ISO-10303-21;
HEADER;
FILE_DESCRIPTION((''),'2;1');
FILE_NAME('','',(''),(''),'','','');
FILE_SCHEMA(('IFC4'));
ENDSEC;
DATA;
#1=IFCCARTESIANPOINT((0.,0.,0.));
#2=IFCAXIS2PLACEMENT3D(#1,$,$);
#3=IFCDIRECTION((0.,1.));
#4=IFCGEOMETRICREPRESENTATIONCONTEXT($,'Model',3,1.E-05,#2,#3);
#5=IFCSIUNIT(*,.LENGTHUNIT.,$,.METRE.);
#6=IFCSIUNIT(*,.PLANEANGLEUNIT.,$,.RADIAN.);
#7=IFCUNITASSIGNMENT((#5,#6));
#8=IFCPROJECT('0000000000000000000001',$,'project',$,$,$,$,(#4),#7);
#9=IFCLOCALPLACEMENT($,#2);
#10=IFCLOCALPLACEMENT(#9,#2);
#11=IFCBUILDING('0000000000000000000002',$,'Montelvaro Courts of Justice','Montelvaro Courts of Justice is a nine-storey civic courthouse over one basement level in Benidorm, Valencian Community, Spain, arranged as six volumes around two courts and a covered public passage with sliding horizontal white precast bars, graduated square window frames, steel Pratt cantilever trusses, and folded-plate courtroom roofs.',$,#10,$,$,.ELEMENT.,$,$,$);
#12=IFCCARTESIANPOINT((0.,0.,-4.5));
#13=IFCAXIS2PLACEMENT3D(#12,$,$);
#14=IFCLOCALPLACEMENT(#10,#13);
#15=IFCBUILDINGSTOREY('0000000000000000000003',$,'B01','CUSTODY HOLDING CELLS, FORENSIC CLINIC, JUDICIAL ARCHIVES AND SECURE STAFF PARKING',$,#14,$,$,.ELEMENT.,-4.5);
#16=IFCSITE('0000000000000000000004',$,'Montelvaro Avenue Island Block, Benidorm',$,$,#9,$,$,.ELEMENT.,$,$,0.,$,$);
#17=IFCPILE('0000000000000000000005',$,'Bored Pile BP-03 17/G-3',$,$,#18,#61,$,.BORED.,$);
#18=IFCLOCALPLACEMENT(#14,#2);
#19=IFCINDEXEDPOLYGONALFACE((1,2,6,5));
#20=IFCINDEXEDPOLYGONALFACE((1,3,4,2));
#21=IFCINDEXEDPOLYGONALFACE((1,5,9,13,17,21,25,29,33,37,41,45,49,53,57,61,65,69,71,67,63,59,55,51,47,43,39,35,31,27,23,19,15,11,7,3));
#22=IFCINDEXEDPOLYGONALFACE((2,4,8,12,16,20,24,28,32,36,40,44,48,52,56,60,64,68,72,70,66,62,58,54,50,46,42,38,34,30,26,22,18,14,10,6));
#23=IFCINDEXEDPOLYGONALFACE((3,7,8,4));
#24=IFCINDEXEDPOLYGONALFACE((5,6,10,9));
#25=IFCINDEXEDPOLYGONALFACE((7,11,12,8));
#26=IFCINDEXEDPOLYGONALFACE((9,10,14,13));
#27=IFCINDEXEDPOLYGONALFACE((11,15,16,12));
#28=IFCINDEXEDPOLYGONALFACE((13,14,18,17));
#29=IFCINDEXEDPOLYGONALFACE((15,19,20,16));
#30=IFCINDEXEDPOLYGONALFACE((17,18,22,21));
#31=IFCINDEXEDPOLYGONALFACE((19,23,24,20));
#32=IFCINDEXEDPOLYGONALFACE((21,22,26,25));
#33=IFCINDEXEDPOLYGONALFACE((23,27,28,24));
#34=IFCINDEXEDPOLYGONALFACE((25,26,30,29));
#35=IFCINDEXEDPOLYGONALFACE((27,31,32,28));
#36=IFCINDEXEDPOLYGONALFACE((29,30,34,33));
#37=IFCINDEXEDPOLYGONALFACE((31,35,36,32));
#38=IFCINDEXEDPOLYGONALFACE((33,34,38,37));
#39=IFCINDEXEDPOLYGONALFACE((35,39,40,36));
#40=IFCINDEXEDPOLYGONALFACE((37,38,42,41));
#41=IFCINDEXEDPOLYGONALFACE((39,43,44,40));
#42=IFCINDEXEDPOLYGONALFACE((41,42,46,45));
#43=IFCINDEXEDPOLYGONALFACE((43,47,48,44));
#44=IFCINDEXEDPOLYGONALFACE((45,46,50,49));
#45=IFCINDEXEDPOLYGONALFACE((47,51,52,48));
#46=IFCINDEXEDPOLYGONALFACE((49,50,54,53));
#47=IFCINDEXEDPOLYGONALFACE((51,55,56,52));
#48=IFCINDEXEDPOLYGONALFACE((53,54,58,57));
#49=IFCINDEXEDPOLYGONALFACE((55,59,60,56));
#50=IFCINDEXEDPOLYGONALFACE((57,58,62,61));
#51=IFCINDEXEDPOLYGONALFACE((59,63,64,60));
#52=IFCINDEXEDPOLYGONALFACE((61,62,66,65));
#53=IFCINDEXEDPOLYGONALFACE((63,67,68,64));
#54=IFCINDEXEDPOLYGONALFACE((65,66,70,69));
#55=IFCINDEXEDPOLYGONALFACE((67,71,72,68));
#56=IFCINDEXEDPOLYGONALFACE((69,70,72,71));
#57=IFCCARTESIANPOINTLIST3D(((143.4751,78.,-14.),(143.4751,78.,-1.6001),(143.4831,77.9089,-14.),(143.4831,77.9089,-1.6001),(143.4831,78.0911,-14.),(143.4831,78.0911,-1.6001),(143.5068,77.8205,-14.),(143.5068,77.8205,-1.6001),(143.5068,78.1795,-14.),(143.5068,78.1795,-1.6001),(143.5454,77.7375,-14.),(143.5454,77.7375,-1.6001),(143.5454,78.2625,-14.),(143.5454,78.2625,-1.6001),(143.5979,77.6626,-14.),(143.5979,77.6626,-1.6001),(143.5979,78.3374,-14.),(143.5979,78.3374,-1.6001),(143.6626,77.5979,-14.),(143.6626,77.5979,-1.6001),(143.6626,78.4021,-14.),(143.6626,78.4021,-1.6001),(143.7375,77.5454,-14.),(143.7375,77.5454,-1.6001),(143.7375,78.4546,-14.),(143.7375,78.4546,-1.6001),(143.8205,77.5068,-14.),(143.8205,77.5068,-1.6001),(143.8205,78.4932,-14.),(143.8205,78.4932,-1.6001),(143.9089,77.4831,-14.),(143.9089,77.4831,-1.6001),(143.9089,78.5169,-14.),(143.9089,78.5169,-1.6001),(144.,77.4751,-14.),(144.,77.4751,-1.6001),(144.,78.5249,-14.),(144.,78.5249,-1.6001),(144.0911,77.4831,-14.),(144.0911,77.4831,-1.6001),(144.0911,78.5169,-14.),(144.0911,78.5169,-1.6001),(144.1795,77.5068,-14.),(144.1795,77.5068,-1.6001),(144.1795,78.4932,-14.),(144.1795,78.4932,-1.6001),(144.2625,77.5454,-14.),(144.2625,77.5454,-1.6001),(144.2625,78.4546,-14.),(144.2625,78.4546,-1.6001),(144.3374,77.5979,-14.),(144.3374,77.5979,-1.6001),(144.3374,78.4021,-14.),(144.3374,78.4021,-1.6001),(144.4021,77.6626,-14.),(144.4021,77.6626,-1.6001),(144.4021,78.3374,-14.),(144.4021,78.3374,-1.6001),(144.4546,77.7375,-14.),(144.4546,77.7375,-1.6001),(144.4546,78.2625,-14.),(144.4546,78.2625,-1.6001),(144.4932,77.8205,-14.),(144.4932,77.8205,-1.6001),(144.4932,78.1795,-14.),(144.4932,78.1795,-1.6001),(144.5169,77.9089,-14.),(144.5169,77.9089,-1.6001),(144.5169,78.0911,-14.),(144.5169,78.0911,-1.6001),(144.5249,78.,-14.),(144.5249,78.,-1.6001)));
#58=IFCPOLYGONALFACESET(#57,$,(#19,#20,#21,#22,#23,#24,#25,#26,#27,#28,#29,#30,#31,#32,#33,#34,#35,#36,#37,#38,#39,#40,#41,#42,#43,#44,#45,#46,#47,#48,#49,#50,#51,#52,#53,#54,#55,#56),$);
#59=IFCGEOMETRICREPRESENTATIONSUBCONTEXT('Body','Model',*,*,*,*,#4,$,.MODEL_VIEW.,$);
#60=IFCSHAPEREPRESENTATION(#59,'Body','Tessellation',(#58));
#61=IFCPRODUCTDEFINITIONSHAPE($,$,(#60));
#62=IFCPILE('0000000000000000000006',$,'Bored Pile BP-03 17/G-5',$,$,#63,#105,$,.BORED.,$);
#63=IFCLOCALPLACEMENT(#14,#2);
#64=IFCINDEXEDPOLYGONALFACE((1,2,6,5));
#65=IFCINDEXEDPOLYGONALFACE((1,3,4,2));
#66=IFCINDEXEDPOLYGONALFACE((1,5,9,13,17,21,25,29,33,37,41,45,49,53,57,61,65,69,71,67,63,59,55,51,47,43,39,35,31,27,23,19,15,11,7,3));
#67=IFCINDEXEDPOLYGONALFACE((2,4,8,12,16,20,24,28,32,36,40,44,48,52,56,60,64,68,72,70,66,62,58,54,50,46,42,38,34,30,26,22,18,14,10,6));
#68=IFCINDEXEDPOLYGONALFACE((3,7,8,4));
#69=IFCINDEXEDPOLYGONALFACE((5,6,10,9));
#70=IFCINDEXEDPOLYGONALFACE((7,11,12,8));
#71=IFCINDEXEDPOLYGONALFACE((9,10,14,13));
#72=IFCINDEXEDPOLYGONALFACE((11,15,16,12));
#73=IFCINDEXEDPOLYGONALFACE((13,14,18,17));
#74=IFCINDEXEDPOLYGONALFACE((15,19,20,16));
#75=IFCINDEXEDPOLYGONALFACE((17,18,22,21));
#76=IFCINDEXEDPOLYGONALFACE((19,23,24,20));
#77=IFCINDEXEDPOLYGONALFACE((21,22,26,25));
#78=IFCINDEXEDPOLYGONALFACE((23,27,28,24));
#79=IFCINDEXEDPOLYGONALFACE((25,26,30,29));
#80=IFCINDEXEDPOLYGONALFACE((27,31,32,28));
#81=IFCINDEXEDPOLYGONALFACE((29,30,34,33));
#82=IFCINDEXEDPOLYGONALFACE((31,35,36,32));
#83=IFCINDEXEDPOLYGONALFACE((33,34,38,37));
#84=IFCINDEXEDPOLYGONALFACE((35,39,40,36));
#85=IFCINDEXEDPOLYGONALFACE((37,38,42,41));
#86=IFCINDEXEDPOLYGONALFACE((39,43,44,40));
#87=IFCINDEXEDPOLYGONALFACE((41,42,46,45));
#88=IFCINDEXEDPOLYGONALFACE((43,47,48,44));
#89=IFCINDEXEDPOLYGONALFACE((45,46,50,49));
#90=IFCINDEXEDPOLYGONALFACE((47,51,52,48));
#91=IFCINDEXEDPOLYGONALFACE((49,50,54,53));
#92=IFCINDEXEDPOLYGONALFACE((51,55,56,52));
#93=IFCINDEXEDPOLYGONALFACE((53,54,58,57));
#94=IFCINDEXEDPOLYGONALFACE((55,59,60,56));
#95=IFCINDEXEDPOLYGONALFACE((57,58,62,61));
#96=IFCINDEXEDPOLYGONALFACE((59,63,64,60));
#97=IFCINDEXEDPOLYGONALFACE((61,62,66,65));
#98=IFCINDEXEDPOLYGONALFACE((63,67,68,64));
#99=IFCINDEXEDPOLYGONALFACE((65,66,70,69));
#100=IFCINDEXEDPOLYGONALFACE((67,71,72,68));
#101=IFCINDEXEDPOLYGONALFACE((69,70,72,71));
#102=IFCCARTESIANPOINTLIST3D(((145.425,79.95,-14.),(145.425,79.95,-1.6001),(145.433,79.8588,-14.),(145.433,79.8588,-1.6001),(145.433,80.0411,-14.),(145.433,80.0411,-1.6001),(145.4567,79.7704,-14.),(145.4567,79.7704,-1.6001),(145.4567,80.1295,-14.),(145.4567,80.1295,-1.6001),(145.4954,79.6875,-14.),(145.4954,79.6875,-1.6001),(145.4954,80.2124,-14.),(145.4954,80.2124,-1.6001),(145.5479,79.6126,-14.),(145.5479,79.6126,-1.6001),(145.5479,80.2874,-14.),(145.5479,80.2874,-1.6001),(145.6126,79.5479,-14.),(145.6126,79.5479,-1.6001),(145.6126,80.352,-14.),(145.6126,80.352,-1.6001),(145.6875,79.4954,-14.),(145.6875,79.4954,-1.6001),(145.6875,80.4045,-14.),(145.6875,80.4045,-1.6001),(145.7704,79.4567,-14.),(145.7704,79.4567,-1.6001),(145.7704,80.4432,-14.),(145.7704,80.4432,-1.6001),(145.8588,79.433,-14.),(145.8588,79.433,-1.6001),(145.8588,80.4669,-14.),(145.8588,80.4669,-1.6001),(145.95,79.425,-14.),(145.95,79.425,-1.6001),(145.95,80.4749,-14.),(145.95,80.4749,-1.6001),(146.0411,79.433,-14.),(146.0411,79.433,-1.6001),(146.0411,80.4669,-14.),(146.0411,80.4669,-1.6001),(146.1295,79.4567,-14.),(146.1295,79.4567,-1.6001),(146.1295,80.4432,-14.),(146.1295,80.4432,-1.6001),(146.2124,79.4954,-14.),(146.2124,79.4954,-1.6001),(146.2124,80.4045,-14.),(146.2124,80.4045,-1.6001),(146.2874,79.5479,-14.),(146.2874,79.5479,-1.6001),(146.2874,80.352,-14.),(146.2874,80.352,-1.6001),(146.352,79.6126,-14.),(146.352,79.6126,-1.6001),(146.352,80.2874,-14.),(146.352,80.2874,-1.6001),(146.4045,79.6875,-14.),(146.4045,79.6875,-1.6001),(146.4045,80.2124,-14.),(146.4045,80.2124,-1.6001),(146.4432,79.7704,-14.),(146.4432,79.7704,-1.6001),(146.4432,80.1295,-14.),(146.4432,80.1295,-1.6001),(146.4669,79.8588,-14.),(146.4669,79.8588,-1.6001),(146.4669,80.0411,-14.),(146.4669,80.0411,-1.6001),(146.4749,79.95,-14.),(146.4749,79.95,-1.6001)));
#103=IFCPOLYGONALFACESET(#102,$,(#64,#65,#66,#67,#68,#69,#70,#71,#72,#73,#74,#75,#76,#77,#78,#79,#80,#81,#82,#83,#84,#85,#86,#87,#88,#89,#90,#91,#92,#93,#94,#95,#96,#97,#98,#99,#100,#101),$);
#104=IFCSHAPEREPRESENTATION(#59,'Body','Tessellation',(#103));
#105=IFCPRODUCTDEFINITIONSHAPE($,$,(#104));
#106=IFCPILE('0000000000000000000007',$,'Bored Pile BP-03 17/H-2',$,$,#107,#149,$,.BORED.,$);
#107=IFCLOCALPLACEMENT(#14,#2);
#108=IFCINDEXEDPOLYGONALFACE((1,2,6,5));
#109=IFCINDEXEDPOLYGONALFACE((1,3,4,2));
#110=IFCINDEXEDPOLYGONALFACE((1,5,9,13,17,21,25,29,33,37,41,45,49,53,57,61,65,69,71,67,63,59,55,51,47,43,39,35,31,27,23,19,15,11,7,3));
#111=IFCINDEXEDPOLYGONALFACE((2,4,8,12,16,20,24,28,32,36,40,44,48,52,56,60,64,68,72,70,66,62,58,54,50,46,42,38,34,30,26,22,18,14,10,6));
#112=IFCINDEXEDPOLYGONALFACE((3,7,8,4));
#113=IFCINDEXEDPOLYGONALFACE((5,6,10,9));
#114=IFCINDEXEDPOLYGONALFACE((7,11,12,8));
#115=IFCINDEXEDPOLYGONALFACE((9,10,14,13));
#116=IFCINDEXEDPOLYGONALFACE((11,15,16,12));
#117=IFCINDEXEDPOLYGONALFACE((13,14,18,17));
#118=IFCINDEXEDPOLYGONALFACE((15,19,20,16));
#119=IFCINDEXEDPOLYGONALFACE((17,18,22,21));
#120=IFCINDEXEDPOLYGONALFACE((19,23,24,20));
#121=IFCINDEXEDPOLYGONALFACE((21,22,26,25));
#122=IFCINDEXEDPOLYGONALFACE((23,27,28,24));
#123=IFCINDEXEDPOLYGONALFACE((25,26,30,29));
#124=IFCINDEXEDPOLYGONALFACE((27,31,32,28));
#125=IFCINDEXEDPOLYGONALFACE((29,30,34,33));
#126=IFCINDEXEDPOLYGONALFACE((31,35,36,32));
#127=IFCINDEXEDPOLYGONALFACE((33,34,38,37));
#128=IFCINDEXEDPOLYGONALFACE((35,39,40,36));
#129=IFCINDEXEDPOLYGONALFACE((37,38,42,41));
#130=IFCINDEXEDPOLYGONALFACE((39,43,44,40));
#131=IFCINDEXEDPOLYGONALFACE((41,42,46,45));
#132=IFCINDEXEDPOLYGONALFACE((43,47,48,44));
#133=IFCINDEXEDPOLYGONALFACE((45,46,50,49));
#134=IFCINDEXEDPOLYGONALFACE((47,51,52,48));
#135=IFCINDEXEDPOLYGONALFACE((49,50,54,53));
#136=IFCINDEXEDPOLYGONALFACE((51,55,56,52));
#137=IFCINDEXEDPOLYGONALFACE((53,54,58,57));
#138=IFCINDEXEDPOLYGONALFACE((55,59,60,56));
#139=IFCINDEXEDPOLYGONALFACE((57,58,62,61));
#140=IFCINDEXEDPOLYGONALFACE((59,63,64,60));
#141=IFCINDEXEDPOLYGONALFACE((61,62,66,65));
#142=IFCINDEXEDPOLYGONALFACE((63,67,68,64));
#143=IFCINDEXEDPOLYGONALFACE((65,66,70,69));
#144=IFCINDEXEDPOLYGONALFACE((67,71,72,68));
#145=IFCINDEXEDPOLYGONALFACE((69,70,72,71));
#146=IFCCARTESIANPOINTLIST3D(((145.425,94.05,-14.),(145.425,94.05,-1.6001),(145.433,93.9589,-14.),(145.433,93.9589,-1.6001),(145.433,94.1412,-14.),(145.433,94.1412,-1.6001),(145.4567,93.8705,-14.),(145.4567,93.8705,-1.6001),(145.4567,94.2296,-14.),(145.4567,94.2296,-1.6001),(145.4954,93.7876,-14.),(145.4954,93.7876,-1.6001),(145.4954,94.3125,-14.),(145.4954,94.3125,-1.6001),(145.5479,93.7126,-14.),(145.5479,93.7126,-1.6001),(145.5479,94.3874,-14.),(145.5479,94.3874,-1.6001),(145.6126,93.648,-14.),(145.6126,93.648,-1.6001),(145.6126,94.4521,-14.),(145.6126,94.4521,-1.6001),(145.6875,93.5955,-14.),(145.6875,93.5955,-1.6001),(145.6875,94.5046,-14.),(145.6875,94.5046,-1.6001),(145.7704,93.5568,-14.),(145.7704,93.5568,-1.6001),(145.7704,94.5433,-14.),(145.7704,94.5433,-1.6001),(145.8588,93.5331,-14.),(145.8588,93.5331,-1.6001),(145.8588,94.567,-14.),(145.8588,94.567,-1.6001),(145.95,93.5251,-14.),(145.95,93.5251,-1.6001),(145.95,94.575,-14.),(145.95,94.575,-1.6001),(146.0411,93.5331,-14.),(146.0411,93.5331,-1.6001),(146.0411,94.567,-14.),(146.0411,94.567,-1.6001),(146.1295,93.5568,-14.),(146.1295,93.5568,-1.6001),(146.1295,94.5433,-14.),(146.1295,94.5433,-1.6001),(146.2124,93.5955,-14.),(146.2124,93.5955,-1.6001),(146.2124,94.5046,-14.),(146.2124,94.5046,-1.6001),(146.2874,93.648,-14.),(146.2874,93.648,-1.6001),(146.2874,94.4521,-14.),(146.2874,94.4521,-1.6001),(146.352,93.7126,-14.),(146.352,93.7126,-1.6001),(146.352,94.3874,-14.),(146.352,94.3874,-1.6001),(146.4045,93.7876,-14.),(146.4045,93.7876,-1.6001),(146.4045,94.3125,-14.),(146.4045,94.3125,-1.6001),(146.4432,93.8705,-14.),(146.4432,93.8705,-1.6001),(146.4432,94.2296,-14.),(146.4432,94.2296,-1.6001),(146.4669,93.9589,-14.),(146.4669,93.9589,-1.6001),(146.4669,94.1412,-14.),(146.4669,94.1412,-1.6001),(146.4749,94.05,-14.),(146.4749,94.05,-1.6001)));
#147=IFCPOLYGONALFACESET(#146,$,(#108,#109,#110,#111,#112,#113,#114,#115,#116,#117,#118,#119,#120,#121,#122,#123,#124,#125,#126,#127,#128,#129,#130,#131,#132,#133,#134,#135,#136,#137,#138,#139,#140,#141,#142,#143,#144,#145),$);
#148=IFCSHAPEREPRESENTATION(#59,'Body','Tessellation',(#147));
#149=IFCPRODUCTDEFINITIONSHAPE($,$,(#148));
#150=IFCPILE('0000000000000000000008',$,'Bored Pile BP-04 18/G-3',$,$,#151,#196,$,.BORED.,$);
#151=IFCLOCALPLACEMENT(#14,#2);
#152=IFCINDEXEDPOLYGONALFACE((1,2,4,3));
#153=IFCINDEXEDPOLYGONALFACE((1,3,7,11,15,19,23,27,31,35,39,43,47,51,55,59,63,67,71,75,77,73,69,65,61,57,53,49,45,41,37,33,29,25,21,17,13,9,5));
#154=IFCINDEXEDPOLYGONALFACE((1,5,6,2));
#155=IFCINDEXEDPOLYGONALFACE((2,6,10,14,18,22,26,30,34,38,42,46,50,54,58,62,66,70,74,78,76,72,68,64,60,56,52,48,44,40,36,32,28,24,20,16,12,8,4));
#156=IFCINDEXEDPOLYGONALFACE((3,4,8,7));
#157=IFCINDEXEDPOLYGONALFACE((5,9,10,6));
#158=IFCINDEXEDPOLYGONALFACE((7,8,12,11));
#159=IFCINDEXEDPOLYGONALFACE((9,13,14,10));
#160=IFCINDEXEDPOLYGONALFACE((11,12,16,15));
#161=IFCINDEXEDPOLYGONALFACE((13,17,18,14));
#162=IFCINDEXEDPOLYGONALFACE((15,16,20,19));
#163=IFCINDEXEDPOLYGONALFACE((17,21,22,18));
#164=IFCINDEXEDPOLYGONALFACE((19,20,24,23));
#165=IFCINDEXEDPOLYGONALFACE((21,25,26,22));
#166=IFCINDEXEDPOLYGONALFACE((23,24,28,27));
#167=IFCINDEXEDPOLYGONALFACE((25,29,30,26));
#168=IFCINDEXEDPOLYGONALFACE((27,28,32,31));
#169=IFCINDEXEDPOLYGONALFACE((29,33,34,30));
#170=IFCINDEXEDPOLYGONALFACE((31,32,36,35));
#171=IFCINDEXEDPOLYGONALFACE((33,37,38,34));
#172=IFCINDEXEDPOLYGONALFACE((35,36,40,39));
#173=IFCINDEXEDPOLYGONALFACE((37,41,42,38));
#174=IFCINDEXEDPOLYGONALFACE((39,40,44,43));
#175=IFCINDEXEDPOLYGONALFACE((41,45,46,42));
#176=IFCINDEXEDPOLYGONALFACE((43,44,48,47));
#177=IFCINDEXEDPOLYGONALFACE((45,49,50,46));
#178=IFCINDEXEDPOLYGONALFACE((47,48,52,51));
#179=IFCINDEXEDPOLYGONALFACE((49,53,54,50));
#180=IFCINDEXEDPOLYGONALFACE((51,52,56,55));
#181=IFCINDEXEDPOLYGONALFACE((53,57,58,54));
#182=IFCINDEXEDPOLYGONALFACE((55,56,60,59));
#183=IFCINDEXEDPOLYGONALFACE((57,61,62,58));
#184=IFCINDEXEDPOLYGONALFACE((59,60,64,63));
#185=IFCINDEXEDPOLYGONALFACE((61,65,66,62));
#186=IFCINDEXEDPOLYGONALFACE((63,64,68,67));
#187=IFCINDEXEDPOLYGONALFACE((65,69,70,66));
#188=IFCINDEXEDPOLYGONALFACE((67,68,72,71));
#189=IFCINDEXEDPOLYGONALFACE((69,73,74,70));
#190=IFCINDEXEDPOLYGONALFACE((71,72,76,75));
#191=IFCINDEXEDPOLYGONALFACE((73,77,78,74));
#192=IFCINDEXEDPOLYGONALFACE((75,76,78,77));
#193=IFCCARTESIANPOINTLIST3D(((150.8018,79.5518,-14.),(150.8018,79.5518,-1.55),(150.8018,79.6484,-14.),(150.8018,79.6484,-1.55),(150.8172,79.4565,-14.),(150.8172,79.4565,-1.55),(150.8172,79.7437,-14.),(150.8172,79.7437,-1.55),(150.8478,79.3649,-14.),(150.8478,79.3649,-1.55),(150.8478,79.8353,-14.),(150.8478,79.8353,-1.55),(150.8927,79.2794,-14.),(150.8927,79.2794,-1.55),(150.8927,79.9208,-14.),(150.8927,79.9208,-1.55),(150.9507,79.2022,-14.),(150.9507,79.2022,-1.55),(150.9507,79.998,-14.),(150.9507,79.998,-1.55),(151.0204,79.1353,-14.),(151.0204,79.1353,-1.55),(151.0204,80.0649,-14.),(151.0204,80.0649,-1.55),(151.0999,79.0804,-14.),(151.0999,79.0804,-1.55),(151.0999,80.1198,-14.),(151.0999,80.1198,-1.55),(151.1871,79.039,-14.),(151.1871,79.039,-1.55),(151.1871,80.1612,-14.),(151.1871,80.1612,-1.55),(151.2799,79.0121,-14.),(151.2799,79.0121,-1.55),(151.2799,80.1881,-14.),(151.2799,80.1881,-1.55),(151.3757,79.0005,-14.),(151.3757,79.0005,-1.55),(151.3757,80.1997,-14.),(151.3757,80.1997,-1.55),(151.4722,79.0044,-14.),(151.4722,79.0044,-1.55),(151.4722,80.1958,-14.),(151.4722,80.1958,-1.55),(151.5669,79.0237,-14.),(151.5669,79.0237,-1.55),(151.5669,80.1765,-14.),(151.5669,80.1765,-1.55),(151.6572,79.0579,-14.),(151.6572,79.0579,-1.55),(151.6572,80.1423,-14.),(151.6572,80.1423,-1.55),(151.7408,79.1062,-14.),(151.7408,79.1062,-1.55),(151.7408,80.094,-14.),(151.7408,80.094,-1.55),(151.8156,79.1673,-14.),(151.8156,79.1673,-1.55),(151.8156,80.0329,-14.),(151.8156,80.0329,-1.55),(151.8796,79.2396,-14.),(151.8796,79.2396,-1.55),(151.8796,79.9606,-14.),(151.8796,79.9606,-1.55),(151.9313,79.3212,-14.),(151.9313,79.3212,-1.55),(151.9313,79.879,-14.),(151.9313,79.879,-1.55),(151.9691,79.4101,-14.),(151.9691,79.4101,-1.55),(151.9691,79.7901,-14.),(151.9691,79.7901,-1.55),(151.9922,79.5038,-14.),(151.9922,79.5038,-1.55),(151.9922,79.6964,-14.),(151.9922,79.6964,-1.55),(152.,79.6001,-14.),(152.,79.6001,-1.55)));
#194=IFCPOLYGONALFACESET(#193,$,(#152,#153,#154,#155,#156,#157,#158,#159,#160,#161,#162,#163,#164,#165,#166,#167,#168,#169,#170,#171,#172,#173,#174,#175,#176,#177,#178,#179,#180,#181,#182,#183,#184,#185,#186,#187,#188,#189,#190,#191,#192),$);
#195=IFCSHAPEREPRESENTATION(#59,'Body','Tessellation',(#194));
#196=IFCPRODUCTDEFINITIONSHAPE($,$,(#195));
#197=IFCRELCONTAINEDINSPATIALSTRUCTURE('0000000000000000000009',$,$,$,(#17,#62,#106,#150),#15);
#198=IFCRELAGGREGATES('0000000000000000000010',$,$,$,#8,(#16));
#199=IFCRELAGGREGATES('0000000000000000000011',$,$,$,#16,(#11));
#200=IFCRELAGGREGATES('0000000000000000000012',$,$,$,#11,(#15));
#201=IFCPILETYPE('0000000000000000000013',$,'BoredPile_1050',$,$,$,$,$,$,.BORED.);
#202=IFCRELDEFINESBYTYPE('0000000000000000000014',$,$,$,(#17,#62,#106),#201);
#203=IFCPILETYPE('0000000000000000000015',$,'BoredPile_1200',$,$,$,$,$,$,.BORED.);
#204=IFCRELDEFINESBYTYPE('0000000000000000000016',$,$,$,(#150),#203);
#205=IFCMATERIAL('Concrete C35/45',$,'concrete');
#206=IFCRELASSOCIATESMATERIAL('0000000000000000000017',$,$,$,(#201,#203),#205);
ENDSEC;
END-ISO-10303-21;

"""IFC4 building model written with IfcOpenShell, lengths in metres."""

from ifc_helpers import new_model, si_unit, direction, frame, origin, origin_2d, place, context, subcontext, project, spatial, circle, extrude, material, material_profile, profile_set, type_object, element, save


model = new_model("IFC4")

# Units and contexts
model_context = context("Model", 3, precision=1e-05, world=origin(), true_north=direction((0.0, 1.0)))
body_context = subcontext(model_context, "Body", "Model", "MODEL_VIEW")
ifc_project = project(units=[si_unit("LENGTHUNIT", "METRE"), si_unit("PLANEANGLEUNIT", "RADIAN")], contexts=[model_context])

# Site, building, storey
site_placement = place(None, origin())
site = spatial("IfcSite", under=ifc_project, at=site_placement, Name="Montelvaro Avenue Island Block, Benidorm", CompositionType="ELEMENT", RefElevation=0.0)
building_placement = place(site_placement, origin())
building = spatial("IfcBuilding", under=site, at=building_placement, Name="Montelvaro Courts of Justice", Description="Montelvaro Courts of Justice is a nine-storey civic courthouse over one basement level in Benidorm, Valencian Community, Spain, arranged as six volumes around two courts and a covered public passage with sliding horizontal white precast bars, graduated square window frames, steel Pratt cantilever trusses, and folded-plate courtroom roofs.", CompositionType="ELEMENT")
storey_placement = place(building_placement, frame((0.0, 0.0, -4.5)))
storey = spatial("IfcBuildingStorey", under=building, at=storey_placement, Name="B01", Description="CUSTODY HOLDING CELLS, FORENSIC CLINIC, JUDICIAL ARCHIVES AND SECURE STAFF PARKING", CompositionType="ELEMENT", Elevation=-4.5)

# Piles
ifc_material_1 = material(Name="Concrete C35/45", Category="concrete")
ifc_material_profile_1 = material_profile(ifc_material_1, circle(Radius=0.5249, at=origin_2d()), Name="BORED PILE D1050")
ifc_profile_set_1 = profile_set([ifc_material_profile_1], Name="Concrete C35/45")
pile_type_1 = type_object("IfcPileType", Name="BoredPile_1050", PredefinedType="BORED", material=ifc_profile_set_1)
for number, where, z_axis, x_axis, name in (
    (1, (144.0, 78.0, -1.6001), (0.0, 0.0, -1.0), (1.0, 0.0, 0.0), "Bored Pile BP-03 17/G-3"),
    (2, (145.95, 79.95, -1.6001), (0.0, 0.0, -1.0), (1.0, 0.0, 0.0), "Bored Pile BP-03 17/G-5"),
    (3, (145.95, 94.05, -1.6001), (0.0, 0.0, -1.0), (1.0, 0.0, 0.0), "Bored Pile BP-03 17/H-2"),
):
    element("IfcPile", number, at=place(storey_placement, frame(where, z_axis=z_axis, x_axis=x_axis)), inside=storey, type_object=pile_type_1, Name=name, PredefinedType="BORED", context=body_context, shape_type="SweptSolid", body=[
        extrude(circle(Radius=0.5249, at=origin_2d()), origin(), (0.0, 0.0, 1.0), 12.3999),
    ])
ifc_material_profile_2 = material_profile(ifc_material_1, circle(Radius=0.6001, at=origin_2d()), Name="BORED PILE D1200")
ifc_profile_set_2 = profile_set([ifc_material_profile_2], Name="Concrete C35/45")
pile_type_2 = type_object("IfcPileType", Name="BoredPile_1200", PredefinedType="BORED", material=ifc_profile_set_2)
for number, where, z_axis, x_axis, name in (
    (4, (151.3999, 79.6001, -1.55), (0.0, 0.0, -1.0), (1.0, 0.0, 0.0), "Bored Pile BP-04 18/G-3"),
):
    element("IfcPile", number, at=place(storey_placement, frame(where, z_axis=z_axis, x_axis=x_axis)), inside=storey, type_object=pile_type_2, Name=name, PredefinedType="BORED", context=body_context, shape_type="SweptSolid", body=[
        extrude(circle(Radius=0.6001, at=origin_2d()), origin(), (0.0, 0.0, 1.0), 12.45),
    ])

save(model, "model.ifc")
